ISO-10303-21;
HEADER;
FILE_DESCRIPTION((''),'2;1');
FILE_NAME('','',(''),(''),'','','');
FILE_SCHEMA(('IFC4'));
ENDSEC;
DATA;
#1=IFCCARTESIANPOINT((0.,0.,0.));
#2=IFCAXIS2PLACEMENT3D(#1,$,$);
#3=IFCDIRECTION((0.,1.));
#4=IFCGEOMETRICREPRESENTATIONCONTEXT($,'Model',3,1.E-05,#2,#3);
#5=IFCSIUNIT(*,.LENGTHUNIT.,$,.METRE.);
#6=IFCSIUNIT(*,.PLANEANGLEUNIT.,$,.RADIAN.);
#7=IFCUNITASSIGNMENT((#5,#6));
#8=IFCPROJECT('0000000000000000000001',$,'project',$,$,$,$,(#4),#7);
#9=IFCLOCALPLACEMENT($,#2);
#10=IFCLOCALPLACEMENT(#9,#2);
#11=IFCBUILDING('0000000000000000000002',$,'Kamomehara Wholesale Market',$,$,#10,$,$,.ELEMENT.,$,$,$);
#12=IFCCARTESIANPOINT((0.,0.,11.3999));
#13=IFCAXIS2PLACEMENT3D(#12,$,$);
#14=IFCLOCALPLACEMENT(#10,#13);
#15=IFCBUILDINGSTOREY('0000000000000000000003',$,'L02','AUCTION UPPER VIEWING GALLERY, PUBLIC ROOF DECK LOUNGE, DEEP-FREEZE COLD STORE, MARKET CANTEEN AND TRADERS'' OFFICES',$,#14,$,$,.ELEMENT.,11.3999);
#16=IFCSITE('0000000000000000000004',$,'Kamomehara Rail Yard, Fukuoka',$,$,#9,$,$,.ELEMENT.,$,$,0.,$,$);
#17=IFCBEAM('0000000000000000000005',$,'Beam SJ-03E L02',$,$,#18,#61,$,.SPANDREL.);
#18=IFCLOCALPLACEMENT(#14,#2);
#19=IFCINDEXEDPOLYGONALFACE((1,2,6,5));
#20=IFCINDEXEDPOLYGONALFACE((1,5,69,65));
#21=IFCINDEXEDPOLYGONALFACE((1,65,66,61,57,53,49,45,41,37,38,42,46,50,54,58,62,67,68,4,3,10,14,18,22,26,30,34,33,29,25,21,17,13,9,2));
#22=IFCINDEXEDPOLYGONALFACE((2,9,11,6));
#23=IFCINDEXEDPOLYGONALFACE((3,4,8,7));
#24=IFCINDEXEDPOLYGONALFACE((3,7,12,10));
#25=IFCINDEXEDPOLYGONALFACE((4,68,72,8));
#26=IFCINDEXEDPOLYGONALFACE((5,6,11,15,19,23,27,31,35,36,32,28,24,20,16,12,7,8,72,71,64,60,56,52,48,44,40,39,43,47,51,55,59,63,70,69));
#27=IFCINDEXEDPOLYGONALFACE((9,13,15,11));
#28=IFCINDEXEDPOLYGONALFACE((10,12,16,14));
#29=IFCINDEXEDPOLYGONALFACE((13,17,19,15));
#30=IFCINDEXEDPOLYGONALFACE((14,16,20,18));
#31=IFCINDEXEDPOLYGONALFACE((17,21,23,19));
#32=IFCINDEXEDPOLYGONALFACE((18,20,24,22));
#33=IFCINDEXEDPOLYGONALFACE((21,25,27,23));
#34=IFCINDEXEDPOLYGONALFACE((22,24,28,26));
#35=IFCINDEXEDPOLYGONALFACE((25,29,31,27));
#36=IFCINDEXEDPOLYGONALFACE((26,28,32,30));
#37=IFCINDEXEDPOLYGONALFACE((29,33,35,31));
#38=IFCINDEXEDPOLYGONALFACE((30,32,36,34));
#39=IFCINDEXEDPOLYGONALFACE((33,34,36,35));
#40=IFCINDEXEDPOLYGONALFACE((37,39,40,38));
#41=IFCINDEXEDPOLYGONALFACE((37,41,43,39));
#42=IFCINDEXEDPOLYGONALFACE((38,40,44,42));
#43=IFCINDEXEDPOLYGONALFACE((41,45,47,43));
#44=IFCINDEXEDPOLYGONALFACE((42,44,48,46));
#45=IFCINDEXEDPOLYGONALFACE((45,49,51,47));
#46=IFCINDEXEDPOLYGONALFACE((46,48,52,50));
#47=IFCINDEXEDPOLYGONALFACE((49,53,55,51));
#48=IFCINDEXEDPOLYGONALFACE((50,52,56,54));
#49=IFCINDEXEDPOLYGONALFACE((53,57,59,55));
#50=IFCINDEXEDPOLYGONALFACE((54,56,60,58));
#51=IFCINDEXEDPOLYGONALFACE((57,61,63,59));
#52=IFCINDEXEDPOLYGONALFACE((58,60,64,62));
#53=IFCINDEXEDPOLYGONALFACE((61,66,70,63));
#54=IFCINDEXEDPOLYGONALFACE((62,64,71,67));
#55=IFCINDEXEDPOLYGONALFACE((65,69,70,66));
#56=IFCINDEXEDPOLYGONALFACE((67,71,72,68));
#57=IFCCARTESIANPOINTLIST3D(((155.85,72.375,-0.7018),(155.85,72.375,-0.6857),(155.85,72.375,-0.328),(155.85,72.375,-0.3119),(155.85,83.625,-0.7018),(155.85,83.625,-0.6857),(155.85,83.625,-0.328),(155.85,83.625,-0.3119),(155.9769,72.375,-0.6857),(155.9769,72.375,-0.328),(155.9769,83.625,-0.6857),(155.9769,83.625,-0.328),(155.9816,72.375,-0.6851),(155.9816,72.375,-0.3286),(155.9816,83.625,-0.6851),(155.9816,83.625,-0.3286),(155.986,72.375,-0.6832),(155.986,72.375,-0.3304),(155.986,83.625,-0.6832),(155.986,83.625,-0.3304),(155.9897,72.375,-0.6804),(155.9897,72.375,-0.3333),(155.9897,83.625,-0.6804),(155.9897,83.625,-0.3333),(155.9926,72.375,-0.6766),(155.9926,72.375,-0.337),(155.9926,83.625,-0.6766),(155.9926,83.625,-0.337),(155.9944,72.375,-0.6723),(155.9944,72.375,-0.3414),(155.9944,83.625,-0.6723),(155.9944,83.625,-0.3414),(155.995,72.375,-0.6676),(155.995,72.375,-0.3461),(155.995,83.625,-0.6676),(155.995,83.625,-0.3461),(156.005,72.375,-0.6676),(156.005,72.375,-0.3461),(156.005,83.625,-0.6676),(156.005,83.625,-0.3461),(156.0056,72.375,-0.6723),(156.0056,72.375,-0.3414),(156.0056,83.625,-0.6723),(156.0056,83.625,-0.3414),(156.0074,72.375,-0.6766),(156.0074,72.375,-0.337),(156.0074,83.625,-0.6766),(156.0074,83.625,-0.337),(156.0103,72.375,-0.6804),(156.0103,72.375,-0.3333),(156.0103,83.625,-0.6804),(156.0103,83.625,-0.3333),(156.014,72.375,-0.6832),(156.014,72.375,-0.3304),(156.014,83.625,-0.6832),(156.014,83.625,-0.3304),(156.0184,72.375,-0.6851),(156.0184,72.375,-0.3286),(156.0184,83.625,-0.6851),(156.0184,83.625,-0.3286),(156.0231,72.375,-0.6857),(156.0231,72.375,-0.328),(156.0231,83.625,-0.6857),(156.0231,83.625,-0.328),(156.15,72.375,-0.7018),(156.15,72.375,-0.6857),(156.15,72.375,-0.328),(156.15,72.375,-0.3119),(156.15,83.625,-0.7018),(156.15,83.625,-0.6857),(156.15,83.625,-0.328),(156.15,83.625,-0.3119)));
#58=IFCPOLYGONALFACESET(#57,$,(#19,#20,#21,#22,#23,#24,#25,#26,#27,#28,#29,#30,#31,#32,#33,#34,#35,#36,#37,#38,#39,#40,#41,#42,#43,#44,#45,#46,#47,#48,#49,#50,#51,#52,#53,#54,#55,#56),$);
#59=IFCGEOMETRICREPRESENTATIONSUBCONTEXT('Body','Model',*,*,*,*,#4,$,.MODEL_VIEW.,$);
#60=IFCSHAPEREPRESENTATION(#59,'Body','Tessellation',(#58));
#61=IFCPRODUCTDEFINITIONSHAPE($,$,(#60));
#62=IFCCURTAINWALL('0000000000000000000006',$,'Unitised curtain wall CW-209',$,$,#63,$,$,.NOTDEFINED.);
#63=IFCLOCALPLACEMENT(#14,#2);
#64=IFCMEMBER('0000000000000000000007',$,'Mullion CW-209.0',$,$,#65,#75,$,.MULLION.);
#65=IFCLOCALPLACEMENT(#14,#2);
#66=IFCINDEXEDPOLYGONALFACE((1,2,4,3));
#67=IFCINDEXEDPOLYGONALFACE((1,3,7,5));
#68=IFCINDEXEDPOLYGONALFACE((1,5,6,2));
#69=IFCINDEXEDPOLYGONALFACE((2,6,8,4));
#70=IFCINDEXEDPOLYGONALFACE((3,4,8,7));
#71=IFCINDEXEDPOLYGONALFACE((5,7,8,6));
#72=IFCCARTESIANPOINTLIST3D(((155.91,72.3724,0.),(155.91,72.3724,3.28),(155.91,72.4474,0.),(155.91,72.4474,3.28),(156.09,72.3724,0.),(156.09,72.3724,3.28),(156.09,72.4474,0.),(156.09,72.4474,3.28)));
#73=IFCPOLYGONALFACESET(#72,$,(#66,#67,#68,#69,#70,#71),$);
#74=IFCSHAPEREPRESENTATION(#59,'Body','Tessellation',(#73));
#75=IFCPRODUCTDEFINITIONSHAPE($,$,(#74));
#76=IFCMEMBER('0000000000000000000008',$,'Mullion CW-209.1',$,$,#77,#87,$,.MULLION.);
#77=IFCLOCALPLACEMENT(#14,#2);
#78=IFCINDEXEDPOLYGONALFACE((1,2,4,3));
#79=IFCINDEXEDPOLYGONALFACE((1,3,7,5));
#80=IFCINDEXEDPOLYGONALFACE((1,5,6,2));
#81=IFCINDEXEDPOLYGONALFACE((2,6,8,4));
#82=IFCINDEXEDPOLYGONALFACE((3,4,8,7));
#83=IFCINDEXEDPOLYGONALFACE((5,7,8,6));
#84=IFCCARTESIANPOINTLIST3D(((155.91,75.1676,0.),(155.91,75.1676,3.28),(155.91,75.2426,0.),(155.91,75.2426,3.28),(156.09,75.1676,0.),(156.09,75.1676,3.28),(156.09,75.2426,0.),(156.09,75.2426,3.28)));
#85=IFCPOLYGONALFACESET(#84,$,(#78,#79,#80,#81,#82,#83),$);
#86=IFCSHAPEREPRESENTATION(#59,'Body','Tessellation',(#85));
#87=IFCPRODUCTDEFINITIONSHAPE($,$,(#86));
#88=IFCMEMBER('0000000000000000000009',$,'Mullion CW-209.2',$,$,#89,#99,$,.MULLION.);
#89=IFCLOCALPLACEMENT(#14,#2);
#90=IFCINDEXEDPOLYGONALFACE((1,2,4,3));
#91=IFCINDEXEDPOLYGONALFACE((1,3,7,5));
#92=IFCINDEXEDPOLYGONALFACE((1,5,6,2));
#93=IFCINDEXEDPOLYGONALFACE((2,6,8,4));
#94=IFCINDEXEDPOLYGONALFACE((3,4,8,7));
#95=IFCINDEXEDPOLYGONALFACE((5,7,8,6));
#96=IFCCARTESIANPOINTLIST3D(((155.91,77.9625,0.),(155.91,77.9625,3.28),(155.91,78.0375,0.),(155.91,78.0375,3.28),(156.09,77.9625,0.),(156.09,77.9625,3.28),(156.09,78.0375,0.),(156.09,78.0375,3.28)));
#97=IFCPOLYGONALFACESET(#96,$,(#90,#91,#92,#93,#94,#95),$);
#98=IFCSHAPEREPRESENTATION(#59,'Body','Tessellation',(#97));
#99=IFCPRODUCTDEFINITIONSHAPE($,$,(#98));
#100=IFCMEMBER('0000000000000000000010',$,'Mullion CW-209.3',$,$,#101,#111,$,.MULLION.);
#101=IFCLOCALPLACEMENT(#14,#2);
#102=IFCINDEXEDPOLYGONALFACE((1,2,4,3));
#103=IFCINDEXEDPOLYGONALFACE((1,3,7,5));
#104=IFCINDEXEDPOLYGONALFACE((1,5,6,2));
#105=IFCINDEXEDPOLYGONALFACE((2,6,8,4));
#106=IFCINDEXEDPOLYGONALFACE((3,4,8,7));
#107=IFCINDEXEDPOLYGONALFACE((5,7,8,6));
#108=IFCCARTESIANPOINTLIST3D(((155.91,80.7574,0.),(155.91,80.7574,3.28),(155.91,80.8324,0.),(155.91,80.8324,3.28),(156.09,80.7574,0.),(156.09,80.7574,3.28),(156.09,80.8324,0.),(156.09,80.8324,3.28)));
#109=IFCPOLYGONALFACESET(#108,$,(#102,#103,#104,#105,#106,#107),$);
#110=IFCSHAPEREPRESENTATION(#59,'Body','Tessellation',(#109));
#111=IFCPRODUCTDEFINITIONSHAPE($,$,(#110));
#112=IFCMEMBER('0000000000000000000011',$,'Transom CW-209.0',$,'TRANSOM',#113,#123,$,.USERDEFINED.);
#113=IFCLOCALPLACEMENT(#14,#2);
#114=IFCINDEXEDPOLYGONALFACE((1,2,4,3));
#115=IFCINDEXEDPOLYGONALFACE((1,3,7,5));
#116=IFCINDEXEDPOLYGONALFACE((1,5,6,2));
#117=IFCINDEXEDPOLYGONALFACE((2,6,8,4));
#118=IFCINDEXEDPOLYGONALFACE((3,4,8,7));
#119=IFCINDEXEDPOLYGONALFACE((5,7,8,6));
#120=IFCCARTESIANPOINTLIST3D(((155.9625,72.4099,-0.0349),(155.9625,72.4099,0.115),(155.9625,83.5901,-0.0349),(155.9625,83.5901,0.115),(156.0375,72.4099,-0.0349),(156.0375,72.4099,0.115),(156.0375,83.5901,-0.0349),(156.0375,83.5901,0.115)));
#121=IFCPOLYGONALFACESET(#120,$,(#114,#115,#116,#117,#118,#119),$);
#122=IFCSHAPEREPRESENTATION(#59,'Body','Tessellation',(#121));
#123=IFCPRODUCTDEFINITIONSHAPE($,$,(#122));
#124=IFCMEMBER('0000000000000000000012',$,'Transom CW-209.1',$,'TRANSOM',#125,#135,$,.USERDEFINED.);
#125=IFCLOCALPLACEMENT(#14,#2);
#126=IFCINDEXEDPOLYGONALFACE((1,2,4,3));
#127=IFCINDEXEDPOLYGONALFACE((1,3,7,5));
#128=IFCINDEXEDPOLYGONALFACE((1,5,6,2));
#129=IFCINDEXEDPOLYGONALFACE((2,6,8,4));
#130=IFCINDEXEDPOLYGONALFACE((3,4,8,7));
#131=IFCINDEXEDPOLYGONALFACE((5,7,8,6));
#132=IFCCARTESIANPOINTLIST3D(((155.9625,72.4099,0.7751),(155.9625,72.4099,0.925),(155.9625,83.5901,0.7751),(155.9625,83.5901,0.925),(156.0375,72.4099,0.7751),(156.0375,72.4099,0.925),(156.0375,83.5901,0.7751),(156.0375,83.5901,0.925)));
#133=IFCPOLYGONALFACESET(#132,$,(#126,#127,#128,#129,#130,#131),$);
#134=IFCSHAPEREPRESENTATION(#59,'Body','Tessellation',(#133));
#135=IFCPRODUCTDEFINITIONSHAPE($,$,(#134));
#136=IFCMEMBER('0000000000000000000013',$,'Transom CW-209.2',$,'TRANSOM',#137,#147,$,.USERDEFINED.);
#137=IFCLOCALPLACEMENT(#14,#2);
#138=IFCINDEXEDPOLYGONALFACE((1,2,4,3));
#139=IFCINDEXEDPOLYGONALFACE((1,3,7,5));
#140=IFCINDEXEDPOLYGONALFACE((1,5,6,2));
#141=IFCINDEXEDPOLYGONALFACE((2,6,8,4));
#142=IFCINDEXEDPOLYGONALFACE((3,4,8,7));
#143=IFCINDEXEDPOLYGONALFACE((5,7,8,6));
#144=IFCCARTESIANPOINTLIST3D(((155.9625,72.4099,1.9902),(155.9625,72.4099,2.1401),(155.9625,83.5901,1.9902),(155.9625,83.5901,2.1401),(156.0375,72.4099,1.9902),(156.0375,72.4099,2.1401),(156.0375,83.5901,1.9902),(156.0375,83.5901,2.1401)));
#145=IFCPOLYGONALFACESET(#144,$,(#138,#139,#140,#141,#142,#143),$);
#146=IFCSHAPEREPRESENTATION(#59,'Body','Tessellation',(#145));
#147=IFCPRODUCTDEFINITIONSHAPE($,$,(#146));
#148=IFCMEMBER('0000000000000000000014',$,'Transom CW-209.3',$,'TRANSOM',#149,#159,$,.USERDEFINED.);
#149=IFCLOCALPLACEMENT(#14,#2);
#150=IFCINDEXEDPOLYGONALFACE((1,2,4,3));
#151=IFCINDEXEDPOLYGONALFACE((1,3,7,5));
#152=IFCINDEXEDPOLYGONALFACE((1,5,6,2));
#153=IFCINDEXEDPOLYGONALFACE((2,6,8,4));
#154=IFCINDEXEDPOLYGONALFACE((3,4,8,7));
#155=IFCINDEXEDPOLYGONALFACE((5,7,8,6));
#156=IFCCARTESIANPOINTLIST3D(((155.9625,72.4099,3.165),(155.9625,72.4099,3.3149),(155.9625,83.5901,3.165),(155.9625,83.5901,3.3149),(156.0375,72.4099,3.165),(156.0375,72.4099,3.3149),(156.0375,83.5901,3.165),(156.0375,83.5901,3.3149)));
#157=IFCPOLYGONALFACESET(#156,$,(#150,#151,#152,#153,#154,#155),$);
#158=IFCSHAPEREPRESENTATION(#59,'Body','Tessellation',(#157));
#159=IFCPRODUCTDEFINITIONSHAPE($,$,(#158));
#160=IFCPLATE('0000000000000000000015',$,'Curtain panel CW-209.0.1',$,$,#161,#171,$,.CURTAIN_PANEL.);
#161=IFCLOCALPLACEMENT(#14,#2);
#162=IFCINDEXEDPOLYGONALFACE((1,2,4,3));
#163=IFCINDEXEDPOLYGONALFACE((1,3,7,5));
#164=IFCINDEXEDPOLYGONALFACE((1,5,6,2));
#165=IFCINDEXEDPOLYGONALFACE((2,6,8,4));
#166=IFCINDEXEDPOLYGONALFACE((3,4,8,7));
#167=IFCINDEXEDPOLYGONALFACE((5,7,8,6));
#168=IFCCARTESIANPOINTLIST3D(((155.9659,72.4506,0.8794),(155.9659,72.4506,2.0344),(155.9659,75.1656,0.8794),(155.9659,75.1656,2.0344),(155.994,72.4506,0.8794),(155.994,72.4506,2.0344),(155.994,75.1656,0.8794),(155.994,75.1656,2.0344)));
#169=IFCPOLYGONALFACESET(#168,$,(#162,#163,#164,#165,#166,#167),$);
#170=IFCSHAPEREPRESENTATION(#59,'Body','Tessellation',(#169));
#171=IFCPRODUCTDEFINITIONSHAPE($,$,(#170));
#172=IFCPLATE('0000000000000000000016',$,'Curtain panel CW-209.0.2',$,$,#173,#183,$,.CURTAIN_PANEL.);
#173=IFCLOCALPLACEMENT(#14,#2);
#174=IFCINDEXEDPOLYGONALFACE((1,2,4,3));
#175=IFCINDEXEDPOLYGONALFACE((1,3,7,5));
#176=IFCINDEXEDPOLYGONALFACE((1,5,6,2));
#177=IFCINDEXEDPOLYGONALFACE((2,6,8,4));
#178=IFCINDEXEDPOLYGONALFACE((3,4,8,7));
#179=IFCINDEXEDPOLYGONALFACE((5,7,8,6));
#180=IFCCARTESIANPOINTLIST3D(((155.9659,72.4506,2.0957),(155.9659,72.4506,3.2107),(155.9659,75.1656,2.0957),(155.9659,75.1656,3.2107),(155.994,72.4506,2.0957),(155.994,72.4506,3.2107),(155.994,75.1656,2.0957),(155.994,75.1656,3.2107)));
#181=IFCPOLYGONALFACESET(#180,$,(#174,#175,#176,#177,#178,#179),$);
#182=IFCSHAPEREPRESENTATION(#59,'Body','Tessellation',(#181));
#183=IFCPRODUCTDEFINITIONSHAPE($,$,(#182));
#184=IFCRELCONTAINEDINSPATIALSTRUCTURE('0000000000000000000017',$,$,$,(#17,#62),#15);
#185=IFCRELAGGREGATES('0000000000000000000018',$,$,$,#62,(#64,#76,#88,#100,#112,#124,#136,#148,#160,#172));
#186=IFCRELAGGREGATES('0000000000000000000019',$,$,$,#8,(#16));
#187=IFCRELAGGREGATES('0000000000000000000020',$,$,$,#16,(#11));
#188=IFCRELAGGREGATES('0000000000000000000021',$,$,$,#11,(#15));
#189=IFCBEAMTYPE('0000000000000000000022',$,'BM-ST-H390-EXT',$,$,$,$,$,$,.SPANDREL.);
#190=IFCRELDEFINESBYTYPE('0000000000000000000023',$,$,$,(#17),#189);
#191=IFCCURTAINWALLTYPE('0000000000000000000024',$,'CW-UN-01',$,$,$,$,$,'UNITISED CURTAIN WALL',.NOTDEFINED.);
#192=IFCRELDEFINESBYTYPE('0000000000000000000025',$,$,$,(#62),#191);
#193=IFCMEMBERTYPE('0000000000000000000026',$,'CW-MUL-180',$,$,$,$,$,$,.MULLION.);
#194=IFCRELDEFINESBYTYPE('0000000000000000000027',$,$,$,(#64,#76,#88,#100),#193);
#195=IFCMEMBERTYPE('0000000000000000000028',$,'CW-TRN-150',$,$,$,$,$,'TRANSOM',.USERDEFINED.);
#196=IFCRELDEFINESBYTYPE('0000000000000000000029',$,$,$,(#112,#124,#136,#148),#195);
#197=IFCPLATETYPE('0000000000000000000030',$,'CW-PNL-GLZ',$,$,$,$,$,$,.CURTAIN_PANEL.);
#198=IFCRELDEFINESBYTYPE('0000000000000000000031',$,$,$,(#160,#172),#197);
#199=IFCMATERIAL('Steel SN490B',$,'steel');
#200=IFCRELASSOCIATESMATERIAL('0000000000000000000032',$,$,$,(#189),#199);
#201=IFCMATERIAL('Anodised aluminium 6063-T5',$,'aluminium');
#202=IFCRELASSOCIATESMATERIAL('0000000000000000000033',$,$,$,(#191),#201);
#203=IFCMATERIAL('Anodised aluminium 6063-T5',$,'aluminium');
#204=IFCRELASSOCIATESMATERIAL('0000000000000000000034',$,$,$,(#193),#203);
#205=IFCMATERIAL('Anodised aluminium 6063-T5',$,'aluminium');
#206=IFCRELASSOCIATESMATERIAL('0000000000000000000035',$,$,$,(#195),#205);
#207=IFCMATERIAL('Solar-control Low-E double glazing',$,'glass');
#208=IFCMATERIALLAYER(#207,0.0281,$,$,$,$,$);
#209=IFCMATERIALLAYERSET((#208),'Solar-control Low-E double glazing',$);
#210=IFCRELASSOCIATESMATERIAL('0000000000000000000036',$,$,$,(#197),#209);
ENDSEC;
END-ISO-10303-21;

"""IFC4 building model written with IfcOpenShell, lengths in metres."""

from ifc_helpers import new_model, si_unit, direction, frame, origin, origin_2d, place, context, subcontext, project, spatial, rectangle, i_section, extrude, material, layer, layer_set, material_profile, profile_set, type_object, element, aggregate, save


model = new_model("IFC4")

# Units and contexts
model_context = context("Model", 3, precision=1e-05, world=origin(), true_north=direction((0.0, 1.0)))
body_context = subcontext(model_context, "Body", "Model", "MODEL_VIEW")
ifc_project = project(units=[si_unit("LENGTHUNIT", "METRE"), si_unit("PLANEANGLEUNIT", "RADIAN")], contexts=[model_context])

# Site, building, storey
site_placement = place(None, origin())
site = spatial("IfcSite", under=ifc_project, at=site_placement, Name="Kamomehara Rail Yard, Fukuoka", CompositionType="ELEMENT", RefElevation=0.0)
building_placement = place(site_placement, origin())
building = spatial("IfcBuilding", under=site, at=building_placement, Name="Kamomehara Wholesale Market", CompositionType="ELEMENT")
storey_placement = place(building_placement, frame((0.0, 0.0, 11.3999)))
storey = spatial("IfcBuildingStorey", under=building, at=storey_placement, Name="L02", Description="AUCTION UPPER VIEWING GALLERY, PUBLIC ROOF DECK LOUNGE, DEEP-FREEZE COLD STORE, MARKET CANTEEN AND TRADERS' OFFICES", CompositionType="ELEMENT", Elevation=11.3999)

# Beam
ifc_material_1 = material(Name="Steel SN490B", Category="steel")
ifc_material_profile_1 = material_profile(ifc_material_1, i_section(OverallWidth=0.3, OverallDepth=0.3899, WebThickness=0.01, FlangeThickness=0.0161, FilletRadius=0.0181, at=origin_2d()), Name="H-390x300x10x16")
ifc_profile_set_1 = profile_set([ifc_material_profile_1], Name="Steel SN490B")
beam_type = type_object("IfcBeamType", Name="BM-ST-H390-EXT", PredefinedType="SPANDREL", material=ifc_profile_set_1)
beam_placement = place(storey_placement, frame((156.0, 72.375, -0.5068), z_axis=(0.0, 1.0, 0.0), x_axis=(-1.0, 0.0, 0.0)))
element("IfcBeam", 1, at=beam_placement, inside=storey, type_object=beam_type, Name="Beam SJ-03E L02", PredefinedType="SPANDREL", context=body_context, shape_type="SweptSolid", body=[
    extrude(i_section(OverallWidth=0.3, OverallDepth=0.3899, WebThickness=0.01, FlangeThickness=0.0161, FilletRadius=0.0181, at=origin_2d()), origin(), (0.0, 0.0, 1.0), 11.25),
])

# Curtain wall, members, plates
ifc_material_2 = material(Name="Anodised aluminium 6063-T5", Category="aluminium")
curtain_wall_type = type_object("IfcCurtainWallType", Name="CW-UN-01", ElementType="UNITISED CURTAIN WALL", PredefinedType="NOTDEFINED", material=ifc_material_2)
curtain_wall_placement = place(storey_placement, origin())
curtain_wall = element("IfcCurtainWall", 2, at=curtain_wall_placement, inside=storey, type_object=curtain_wall_type, Name="Unitised curtain wall CW-209", PredefinedType="NOTDEFINED")
ifc_material_3 = material(Name="Anodised aluminium 6063-T5", Category="aluminium")
ifc_material_profile_2 = material_profile(ifc_material_3, rectangle(XDim=0.075, YDim=0.1799, at=origin_2d()), Name="ALU-MUL-75x180")
ifc_profile_set_2 = profile_set([ifc_material_profile_2], Name="Anodised aluminium 6063-T5")
member_type_1 = type_object("IfcMemberType", Name="CW-MUL-180", PredefinedType="MULLION", material=ifc_profile_set_2)
member_1_placement = place(storey_placement, frame((156.0, 72.4099, 0.0), z_axis=(0.0, 0.0, 1.0), x_axis=(0.0, 1.0, 0.0)))
member_1 = element("IfcMember", 3, at=member_1_placement, type_object=member_type_1, Name="Mullion CW-209.0", PredefinedType="MULLION", context=body_context, shape_type="SweptSolid", body=[
    extrude(rectangle(XDim=0.075, YDim=0.1799, at=origin_2d()), origin(), (0.0, 0.0, 1.0), 3.28),
])
member_2_placement = place(storey_placement, frame((156.0, 75.2051, 0.0), z_axis=(0.0, 0.0, 1.0), x_axis=(0.0, 1.0, 0.0)))
member_2 = element("IfcMember", 4, at=member_2_placement, type_object=member_type_1, Name="Mullion CW-209.1", PredefinedType="MULLION", context=body_context, shape_type="SweptSolid", body=[
    extrude(rectangle(XDim=0.075, YDim=0.1799, at=origin_2d()), origin(), (0.0, 0.0, 1.0), 3.28),
])
member_3_placement = place(storey_placement, frame((156.0, 78.0, 0.0), z_axis=(0.0, 0.0, 1.0), x_axis=(0.0, 1.0, 0.0)))
member_3 = element("IfcMember", 5, at=member_3_placement, type_object=member_type_1, Name="Mullion CW-209.2", PredefinedType="MULLION", context=body_context, shape_type="SweptSolid", body=[
    extrude(rectangle(XDim=0.075, YDim=0.1799, at=origin_2d()), origin(), (0.0, 0.0, 1.0), 3.28),
])
member_4_placement = place(storey_placement, frame((156.0, 80.7949, 0.0), z_axis=(0.0, 0.0, 1.0), x_axis=(0.0, 1.0, 0.0)))
member_4 = element("IfcMember", 6, at=member_4_placement, type_object=member_type_1, Name="Mullion CW-209.3", PredefinedType="MULLION", context=body_context, shape_type="SweptSolid", body=[
    extrude(rectangle(XDim=0.075, YDim=0.1799, at=origin_2d()), origin(), (0.0, 0.0, 1.0), 3.28),
])
ifc_material_4 = material(Name="Anodised aluminium 6063-T5", Category="aluminium")
ifc_material_profile_3 = material_profile(ifc_material_4, rectangle(XDim=0.075, YDim=0.1499, at=origin_2d()), Name="ALU-TRN-75x150")
ifc_profile_set_3 = profile_set([ifc_material_profile_3], Name="Anodised aluminium 6063-T5")
member_type_2 = type_object("IfcMemberType", Name="CW-TRN-150", ElementType="TRANSOM", PredefinedType="USERDEFINED", material=ifc_profile_set_3)
member_5_placement = place(storey_placement, frame((156.0, 72.4099, 0.04), z_axis=(0.0, 1.0, 0.0), x_axis=(-1.0, 0.0, 0.0)))
member_5 = element("IfcMember", 7, at=member_5_placement, type_object=member_type_2, Name="Transom CW-209.0", ObjectType="TRANSOM", PredefinedType="USERDEFINED", context=body_context, shape_type="SweptSolid", body=[
    extrude(rectangle(XDim=0.075, YDim=0.1499, at=origin_2d()), origin(), (0.0, 0.0, 1.0), 11.1802),
])
member_6_placement = place(storey_placement, frame((156.0, 72.4099, 0.8501), z_axis=(0.0, 1.0, 0.0), x_axis=(-1.0, 0.0, 0.0)))
member_6 = element("IfcMember", 8, at=member_6_placement, type_object=member_type_2, Name="Transom CW-209.1", ObjectType="TRANSOM", PredefinedType="USERDEFINED", context=body_context, shape_type="SweptSolid", body=[
    extrude(rectangle(XDim=0.075, YDim=0.1499, at=origin_2d()), origin(), (0.0, 0.0, 1.0), 11.1802),
])
member_7_placement = place(storey_placement, frame((156.0, 72.4099, 2.0652), z_axis=(0.0, 1.0, 0.0), x_axis=(-1.0, 0.0, 0.0)))
member_7 = element("IfcMember", 9, at=member_7_placement, type_object=member_type_2, Name="Transom CW-209.2", ObjectType="TRANSOM", PredefinedType="USERDEFINED", context=body_context, shape_type="SweptSolid", body=[
    extrude(rectangle(XDim=0.075, YDim=0.1499, at=origin_2d()), origin(), (0.0, 0.0, 1.0), 11.1802),
])
member_8_placement = place(storey_placement, frame((156.0, 72.4099, 3.24), z_axis=(0.0, 1.0, 0.0), x_axis=(-1.0, 0.0, 0.0)))
member_8 = element("IfcMember", 10, at=member_8_placement, type_object=member_type_2, Name="Transom CW-209.3", ObjectType="TRANSOM", PredefinedType="USERDEFINED", context=body_context, shape_type="SweptSolid", body=[
    extrude(rectangle(XDim=0.075, YDim=0.1499, at=origin_2d()), origin(), (0.0, 0.0, 1.0), 11.1802),
])
ifc_material_5 = material(Name="Solar-control Low-E double glazing", Category="glass")
ifc_layer_1 = layer(ifc_material_5, 0.0281)
ifc_layer_set_1 = layer_set([ifc_layer_1], Name="Solar-control Low-E double glazing")
plate_type_1 = type_object("IfcPlateType", Name="CW-PNL-GLZ", PredefinedType="CURTAIN_PANEL", material=ifc_layer_set_1)
plate_1_placement = place(storey_placement, frame((155.98, 73.8081, 0.8794), z_axis=(0.0, 0.0, 1.0), x_axis=(0.0, 1.0, 0.0)))
plate_1 = element("IfcPlate", 11, at=plate_1_placement, type_object=plate_type_1, Name="Curtain panel CW-209.0.1", PredefinedType="CURTAIN_PANEL", context=body_context, shape_type="SweptSolid", body=[
    extrude(rectangle(XDim=2.7151, YDim=0.0281, at=origin_2d()), origin(), (0.0, 0.0, 1.0), 1.155),
])
plate_2_placement = place(storey_placement, frame((155.98, 73.8081, 2.0957), z_axis=(0.0, 0.0, 1.0), x_axis=(0.0, 1.0, 0.0)))
plate_2 = element("IfcPlate", 12, at=plate_2_placement, type_object=plate_type_1, Name="Curtain panel CW-209.0.2", PredefinedType="CURTAIN_PANEL", context=body_context, shape_type="SweptSolid", body=[
    extrude(rectangle(XDim=2.7151, YDim=0.0281, at=origin_2d()), origin(), (0.0, 0.0, 1.0), 1.115),
])
aggregate(curtain_wall, [member_1, member_2, member_3, member_4, member_5, member_6, member_7, member_8, plate_1, plate_2])

save(model, "model.ifc")
